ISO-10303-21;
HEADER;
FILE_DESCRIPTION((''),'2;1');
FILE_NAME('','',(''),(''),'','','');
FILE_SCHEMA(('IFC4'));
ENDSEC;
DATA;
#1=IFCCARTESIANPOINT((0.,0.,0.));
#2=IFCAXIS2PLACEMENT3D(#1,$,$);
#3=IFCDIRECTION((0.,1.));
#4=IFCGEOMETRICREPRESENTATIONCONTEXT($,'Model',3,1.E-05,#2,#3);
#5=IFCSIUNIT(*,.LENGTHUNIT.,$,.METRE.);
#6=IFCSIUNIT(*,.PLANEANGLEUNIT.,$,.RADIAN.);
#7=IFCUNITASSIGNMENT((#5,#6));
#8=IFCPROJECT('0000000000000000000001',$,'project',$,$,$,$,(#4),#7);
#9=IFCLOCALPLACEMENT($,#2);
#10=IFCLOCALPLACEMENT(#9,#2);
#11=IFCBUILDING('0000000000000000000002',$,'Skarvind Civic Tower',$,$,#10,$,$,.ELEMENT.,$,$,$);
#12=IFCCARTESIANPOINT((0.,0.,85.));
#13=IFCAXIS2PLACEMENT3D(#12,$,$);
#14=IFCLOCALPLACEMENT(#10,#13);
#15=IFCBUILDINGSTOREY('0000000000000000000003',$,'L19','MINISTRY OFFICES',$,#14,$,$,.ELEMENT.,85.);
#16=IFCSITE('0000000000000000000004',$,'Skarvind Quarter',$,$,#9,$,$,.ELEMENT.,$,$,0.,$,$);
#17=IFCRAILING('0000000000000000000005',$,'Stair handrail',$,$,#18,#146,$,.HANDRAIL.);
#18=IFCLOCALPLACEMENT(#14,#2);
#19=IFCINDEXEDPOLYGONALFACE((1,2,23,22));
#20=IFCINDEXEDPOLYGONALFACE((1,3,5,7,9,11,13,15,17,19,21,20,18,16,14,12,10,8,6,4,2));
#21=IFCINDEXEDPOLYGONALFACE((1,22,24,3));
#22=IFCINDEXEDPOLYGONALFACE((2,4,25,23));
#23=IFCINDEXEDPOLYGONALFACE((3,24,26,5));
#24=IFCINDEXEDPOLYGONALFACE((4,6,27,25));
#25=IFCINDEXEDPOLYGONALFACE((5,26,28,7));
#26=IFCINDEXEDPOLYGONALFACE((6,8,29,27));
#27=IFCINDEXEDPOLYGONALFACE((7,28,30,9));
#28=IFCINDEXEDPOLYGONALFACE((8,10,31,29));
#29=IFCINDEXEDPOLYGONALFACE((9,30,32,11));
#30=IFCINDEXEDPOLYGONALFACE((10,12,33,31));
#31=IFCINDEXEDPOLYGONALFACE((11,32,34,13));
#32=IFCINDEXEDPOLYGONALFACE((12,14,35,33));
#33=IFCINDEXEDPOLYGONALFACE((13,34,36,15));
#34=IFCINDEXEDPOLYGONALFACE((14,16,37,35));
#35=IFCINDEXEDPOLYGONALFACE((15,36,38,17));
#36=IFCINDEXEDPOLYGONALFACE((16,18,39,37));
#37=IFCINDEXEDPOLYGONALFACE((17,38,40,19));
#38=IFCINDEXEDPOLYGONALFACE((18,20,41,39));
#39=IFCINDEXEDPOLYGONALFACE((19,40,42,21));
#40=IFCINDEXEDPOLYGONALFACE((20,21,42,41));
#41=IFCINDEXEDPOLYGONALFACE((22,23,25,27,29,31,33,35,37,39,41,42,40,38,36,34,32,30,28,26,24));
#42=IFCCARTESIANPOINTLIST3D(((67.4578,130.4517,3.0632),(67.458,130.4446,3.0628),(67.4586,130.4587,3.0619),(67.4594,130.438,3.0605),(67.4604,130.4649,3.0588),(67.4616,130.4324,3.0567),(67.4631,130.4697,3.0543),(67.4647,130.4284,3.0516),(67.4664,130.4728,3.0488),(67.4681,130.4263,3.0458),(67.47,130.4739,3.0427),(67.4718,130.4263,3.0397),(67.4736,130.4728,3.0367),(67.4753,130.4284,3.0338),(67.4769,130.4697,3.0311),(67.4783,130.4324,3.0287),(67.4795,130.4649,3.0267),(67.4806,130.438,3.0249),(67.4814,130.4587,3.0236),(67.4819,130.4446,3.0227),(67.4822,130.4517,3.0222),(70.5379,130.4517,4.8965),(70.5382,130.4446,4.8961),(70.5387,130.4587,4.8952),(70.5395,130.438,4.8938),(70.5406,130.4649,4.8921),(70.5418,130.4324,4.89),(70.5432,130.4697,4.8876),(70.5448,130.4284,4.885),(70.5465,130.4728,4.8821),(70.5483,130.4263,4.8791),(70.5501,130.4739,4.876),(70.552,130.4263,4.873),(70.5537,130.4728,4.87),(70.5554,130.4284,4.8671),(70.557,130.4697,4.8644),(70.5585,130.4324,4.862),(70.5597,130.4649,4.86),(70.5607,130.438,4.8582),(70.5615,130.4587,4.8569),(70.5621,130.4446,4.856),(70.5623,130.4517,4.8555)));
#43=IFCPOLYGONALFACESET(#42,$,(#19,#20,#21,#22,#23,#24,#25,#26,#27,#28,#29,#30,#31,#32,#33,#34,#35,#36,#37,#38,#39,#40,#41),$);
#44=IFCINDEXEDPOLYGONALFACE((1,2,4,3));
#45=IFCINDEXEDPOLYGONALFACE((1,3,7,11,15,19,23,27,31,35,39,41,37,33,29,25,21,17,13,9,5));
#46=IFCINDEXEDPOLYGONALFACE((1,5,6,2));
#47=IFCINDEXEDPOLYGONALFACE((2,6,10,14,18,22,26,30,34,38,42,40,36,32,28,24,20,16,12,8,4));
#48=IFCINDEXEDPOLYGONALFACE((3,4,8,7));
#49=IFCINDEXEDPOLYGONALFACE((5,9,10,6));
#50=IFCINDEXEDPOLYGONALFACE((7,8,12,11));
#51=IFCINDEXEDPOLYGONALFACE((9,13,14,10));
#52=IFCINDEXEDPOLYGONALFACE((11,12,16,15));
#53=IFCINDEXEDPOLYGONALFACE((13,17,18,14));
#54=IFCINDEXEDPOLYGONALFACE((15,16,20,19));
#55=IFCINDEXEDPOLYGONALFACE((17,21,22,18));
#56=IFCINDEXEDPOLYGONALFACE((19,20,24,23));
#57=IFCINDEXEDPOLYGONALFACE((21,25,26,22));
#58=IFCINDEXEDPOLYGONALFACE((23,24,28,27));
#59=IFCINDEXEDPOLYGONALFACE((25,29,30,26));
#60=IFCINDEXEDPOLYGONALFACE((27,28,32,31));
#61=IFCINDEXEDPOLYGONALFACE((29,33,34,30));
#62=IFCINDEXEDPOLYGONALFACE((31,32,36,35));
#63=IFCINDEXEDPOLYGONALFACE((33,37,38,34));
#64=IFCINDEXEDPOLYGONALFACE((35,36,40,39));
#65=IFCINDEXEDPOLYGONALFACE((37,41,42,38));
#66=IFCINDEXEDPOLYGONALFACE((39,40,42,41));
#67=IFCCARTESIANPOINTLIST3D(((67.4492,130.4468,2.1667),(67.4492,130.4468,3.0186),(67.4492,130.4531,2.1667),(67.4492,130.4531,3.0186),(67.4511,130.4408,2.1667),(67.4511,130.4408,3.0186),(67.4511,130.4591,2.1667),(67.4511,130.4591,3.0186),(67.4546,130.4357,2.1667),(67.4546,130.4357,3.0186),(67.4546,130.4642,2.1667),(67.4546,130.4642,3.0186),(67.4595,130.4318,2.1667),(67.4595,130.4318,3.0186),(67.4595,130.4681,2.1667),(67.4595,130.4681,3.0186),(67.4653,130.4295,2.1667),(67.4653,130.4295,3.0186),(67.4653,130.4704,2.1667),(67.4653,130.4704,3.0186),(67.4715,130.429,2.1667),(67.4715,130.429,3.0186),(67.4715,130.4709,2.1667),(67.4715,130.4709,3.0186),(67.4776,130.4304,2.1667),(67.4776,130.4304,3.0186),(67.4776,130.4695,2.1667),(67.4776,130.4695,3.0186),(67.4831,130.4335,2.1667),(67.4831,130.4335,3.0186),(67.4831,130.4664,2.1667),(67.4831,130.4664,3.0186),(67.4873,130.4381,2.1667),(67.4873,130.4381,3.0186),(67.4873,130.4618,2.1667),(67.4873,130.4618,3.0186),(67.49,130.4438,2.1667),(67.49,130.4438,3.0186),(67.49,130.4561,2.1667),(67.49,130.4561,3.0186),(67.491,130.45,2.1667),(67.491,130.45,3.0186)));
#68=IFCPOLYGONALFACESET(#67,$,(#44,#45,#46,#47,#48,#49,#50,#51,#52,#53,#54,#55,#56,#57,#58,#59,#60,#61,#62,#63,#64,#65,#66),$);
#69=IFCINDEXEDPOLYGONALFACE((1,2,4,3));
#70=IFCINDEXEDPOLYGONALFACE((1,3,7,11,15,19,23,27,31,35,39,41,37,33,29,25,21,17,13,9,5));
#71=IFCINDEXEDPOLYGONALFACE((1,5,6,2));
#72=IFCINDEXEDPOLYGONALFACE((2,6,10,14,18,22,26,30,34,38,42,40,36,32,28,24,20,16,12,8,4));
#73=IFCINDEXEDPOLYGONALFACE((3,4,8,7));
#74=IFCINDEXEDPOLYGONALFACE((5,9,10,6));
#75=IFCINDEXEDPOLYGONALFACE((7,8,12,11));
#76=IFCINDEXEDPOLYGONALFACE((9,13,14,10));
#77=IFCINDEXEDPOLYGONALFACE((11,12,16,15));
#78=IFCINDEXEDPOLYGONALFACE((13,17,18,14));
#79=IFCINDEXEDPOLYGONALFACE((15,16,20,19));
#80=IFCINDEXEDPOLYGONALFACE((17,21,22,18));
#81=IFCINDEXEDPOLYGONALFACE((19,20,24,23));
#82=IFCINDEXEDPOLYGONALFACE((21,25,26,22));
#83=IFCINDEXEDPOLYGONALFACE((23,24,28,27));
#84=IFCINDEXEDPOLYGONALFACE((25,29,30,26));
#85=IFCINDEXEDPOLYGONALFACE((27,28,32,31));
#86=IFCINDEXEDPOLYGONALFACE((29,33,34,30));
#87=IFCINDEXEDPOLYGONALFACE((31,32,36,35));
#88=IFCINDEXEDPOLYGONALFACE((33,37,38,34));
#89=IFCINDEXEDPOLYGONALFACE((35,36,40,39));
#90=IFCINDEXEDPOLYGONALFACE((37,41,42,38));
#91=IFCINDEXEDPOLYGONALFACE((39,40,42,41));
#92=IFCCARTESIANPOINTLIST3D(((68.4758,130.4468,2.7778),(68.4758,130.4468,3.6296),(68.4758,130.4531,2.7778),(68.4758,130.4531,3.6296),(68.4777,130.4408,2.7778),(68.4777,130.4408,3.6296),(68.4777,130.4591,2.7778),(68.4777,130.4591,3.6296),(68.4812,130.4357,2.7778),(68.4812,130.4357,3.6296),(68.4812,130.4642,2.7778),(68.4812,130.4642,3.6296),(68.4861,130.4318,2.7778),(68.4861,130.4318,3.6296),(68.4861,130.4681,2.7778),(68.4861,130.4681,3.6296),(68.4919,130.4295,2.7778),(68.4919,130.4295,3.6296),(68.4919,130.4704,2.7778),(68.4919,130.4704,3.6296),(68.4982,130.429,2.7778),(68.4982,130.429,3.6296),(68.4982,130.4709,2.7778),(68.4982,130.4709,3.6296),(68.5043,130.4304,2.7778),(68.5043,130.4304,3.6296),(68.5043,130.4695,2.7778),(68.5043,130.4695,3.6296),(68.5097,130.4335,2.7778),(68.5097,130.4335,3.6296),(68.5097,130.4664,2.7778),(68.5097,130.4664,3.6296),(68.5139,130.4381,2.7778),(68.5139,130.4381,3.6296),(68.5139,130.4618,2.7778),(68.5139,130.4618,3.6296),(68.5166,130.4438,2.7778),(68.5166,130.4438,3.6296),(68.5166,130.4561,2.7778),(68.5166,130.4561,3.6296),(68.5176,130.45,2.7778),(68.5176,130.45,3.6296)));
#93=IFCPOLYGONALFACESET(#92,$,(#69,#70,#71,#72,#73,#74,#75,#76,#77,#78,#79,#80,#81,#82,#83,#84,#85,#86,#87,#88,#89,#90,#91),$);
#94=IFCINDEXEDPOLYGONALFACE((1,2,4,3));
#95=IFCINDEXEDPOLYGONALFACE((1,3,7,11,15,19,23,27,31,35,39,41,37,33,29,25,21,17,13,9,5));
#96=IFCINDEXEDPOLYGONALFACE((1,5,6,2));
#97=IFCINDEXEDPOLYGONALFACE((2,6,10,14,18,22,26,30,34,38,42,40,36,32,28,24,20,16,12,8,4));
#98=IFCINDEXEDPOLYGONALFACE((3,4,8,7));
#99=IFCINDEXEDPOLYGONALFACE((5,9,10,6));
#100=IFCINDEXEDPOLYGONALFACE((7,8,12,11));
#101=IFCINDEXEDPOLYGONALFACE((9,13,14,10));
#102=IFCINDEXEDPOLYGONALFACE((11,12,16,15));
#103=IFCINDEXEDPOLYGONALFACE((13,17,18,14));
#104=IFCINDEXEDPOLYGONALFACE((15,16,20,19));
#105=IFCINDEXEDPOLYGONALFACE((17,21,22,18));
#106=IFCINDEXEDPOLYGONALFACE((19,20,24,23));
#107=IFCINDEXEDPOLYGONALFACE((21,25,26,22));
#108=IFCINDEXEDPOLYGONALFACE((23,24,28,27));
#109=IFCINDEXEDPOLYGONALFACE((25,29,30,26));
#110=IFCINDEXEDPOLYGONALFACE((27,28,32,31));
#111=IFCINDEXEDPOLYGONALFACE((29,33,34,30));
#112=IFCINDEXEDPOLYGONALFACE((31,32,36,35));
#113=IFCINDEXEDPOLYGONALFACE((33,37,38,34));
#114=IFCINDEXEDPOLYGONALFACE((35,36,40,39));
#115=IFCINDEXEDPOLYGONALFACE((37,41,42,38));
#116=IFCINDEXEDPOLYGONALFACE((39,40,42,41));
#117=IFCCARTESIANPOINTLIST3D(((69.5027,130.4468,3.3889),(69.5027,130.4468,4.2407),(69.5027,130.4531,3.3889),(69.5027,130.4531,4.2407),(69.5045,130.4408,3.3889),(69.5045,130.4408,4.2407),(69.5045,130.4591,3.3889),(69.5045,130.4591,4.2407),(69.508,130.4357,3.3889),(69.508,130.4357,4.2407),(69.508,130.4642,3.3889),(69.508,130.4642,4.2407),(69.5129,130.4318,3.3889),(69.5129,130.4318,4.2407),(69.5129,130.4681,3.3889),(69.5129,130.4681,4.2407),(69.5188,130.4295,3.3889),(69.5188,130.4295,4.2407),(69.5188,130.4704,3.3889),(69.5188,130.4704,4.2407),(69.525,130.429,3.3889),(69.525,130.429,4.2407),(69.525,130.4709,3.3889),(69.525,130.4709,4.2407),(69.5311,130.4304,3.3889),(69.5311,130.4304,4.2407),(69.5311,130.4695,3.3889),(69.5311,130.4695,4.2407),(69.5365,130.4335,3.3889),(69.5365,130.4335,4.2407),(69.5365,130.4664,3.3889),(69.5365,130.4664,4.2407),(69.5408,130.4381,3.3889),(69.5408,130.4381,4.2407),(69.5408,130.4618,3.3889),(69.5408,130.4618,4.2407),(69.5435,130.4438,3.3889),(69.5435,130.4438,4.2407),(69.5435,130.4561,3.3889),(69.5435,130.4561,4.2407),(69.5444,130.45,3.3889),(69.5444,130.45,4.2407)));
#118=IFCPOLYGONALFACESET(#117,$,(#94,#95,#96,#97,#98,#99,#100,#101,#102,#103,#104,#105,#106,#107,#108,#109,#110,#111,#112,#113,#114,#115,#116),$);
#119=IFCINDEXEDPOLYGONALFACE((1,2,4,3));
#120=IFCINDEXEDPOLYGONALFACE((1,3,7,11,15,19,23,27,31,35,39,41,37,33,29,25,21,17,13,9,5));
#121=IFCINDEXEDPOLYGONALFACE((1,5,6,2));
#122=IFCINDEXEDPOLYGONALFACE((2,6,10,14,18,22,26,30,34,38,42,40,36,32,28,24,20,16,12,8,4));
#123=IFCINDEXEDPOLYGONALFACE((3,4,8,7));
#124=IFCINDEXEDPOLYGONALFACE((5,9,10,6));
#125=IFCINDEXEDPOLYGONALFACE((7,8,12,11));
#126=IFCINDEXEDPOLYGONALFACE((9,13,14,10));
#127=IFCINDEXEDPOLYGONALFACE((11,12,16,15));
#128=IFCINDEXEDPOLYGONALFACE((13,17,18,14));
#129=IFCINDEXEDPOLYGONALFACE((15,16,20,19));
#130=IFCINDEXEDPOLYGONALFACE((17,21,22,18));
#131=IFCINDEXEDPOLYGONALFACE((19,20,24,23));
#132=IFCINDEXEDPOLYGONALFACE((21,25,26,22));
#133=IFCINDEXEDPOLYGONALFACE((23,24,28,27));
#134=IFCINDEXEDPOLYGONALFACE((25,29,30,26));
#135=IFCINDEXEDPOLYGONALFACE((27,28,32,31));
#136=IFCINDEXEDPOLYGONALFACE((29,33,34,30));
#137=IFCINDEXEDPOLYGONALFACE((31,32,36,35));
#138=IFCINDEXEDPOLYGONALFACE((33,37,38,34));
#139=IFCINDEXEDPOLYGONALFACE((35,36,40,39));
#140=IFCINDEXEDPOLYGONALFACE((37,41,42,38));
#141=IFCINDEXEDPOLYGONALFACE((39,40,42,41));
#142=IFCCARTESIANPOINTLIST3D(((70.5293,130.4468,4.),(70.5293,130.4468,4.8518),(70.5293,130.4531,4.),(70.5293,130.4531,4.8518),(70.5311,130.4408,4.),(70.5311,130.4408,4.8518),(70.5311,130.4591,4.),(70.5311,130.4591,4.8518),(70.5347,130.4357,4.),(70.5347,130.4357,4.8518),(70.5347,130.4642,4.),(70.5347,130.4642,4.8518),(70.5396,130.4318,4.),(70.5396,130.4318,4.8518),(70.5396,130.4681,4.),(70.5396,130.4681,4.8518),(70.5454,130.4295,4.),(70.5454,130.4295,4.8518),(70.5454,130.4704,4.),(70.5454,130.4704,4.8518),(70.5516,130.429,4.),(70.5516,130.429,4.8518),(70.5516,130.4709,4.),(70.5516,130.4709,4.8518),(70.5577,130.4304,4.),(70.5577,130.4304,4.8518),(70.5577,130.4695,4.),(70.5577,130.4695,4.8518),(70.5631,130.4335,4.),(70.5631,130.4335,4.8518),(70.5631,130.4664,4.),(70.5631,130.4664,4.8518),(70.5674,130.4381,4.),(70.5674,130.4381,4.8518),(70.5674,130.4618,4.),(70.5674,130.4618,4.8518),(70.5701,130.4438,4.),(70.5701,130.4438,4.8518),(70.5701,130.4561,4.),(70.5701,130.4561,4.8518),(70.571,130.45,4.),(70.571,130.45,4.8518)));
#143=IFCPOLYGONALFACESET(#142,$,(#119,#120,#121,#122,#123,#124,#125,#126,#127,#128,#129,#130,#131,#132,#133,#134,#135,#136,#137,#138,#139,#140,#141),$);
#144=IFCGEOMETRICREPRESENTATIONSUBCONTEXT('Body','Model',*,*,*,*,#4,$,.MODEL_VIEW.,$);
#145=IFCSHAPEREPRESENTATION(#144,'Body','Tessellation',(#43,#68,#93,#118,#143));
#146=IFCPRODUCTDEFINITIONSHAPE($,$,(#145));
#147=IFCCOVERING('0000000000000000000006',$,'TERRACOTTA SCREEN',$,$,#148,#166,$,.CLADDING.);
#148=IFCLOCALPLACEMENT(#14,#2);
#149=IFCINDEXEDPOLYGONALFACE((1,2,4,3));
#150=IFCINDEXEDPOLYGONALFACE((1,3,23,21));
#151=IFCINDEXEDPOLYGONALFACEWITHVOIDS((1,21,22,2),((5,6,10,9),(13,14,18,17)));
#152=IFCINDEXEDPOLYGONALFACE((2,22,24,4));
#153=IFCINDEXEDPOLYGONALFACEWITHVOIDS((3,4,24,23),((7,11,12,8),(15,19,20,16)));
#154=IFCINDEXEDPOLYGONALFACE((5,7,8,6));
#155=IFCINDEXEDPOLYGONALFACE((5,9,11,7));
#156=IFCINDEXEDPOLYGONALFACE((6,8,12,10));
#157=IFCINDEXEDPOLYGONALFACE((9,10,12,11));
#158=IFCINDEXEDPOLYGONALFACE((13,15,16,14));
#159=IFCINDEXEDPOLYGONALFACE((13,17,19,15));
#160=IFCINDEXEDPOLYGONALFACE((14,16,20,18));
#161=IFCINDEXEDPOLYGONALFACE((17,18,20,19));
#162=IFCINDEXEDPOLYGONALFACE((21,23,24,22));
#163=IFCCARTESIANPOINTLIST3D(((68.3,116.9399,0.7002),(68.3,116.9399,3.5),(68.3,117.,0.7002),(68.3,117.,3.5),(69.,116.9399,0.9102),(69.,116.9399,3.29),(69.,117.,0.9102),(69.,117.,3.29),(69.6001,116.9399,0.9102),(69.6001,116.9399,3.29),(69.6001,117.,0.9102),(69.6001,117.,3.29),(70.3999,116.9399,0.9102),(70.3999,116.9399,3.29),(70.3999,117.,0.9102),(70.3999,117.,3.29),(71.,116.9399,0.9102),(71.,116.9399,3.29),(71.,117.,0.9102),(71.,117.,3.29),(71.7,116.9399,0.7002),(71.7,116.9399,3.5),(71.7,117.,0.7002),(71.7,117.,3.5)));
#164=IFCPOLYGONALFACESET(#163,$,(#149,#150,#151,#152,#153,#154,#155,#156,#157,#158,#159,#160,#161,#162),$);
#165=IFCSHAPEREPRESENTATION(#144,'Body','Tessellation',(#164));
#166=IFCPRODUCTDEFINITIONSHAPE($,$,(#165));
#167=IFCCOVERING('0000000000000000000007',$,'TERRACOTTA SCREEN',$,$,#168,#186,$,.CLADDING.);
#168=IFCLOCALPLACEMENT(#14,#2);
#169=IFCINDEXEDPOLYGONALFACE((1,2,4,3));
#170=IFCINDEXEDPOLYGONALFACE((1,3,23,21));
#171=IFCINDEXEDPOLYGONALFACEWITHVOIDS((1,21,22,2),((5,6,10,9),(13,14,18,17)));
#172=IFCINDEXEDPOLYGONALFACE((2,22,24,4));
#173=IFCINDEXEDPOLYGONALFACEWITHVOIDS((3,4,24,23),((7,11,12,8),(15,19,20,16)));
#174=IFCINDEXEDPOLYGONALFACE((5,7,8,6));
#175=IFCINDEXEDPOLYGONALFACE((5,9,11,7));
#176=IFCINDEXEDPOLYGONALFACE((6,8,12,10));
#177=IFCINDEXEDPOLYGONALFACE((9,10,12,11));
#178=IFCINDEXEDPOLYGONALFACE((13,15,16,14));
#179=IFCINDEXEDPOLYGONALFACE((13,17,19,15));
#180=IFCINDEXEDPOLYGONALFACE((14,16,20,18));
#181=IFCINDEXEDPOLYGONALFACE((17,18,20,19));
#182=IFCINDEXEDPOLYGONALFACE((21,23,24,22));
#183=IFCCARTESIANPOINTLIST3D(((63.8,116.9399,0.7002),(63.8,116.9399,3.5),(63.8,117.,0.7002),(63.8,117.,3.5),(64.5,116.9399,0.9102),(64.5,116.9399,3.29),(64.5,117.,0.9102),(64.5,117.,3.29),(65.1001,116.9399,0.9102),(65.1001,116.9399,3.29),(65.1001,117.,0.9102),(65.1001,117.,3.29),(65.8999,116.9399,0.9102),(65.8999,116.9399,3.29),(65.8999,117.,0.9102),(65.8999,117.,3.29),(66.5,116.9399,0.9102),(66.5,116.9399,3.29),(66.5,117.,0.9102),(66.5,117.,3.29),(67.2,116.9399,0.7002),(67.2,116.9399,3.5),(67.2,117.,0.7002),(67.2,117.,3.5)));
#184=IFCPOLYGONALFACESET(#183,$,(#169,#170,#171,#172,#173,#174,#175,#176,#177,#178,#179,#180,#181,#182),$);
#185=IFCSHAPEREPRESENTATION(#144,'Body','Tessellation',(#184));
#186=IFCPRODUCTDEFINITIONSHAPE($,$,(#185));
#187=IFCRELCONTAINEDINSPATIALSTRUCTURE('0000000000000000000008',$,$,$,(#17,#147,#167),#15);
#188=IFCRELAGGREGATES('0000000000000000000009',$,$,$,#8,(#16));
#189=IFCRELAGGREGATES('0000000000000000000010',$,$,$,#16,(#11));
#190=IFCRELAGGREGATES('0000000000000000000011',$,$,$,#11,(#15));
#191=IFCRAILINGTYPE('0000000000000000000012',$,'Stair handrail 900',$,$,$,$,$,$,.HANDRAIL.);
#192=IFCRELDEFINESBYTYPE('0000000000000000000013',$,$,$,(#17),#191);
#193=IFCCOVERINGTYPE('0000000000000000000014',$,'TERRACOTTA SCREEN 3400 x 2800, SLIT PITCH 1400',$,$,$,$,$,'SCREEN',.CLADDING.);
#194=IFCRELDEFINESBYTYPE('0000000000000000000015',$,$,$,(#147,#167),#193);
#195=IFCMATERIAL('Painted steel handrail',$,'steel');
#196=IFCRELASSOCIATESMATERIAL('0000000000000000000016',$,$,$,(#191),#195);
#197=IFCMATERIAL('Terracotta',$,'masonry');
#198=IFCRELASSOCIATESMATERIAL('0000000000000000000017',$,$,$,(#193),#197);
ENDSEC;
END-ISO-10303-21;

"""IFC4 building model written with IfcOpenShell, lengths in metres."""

from ifc_helpers import new_model, si_unit, direction, frame, origin, origin_2d, place, context, subcontext, project, spatial, polyline, circle, outline, extrude, material, material_profile, profile_set, type_object, element, save


model = new_model("IFC4")

# Units and contexts
model_context = context("Model", 3, precision=1e-05, world=origin(), true_north=direction((0.0, 1.0)))
body_context = subcontext(model_context, "Body", "Model", "MODEL_VIEW")
ifc_project = project(units=[si_unit("LENGTHUNIT", "METRE"), si_unit("PLANEANGLEUNIT", "RADIAN")], contexts=[model_context])

# Site, building, storey
site_placement = place(None, origin())
site = spatial("IfcSite", under=ifc_project, at=site_placement, Name="Skarvind Quarter", CompositionType="ELEMENT", RefElevation=0.0)
building_placement = place(site_placement, origin())
building = spatial("IfcBuilding", under=site, at=building_placement, Name="Skarvind Civic Tower", CompositionType="ELEMENT")
storey_placement = place(building_placement, frame((0.0, 0.0, 85.0)))
storey = spatial("IfcBuildingStorey", under=building, at=storey_placement, Name="L19", Description="MINISTRY OFFICES", CompositionType="ELEMENT", Elevation=85.0)

# Railing
ifc_material_1 = material(Name="Painted steel handrail", Category="steel")
railing_type = type_object("IfcRailingType", Name="Stair handrail 900", PredefinedType="HANDRAIL", material=ifc_material_1)
railing_1_placement = place(storey_placement, frame((67.47, 130.45, 2.1667)))
element("IfcRailing", 1, at=railing_1_placement, inside=storey, type_object=railing_type, Name="Stair handrail", PredefinedType="HANDRAIL", context=body_context, shape_type="SweptSolid", body=[
    extrude(circle(Radius=0.0239, at=origin_2d()), frame((0.0, 0.0, 0.876), z_axis=(0.859309, 0.0, 0.511458), x_axis=(0.0, 1.0, 0.0)), (0.0, 0.0, 1.0), 3.5845),
    extrude(circle(Radius=0.021, at=origin_2d()), origin(), (0.0, 0.0, 1.0), 0.8518),
    extrude(circle(Radius=0.021, at=origin_2d()), frame((1.0266, 0.0, 0.6111)), (0.0, 0.0, 1.0), 0.8518),
    extrude(circle(Radius=0.021, at=origin_2d()), frame((2.0535, 0.0, 1.2222)), (0.0, 0.0, 1.0), 0.8518),
    extrude(circle(Radius=0.021, at=origin_2d()), frame((3.0801, 0.0, 1.8333)), (0.0, 0.0, 1.0), 0.8518),
])

# Coverings
ifc_material_2 = material(Name="Terracotta", Category="masonry")
ifc_material_profile_1 = material_profile(ifc_material_2, outline(polyline([(-1.7, -1.3999), (1.7, -1.3999), (1.7, 1.3999), (-1.7, 1.3999), (-1.7, -1.3999)]), holes=[polyline([(-1.0, -1.1899), (-0.3999, -1.1899), (-0.3999, 1.1899), (-1.0, 1.1899), (-1.0, -1.1899)]), polyline([(0.3999, -1.1899), (1.0, -1.1899), (1.0, 1.1899), (0.3999, 1.1899), (0.3999, -1.1899)])]), Name="TERRACOTTA SCREEN 3400 x 2800, SLIT PITCH 1400")
ifc_profile_set_1 = profile_set([ifc_material_profile_1], Name="Terracotta")
covering_type = type_object("IfcCoveringType", Name="TERRACOTTA SCREEN 3400 x 2800, SLIT PITCH 1400", ElementType="SCREEN", PredefinedType="CLADDING", material=ifc_profile_set_1)
for number, where, z_axis, x_axis, name in (
    (2, (70.0, 117.0, 2.1001), (0.0, -1.0, 0.0), (1.0, 0.0, 0.0), "TERRACOTTA SCREEN"),
    (3, (65.5, 117.0, 2.1001), (0.0, -1.0, 0.0), (1.0, 0.0, 0.0), "TERRACOTTA SCREEN"),
):
    element("IfcCovering", number, at=place(storey_placement, frame(where, z_axis=z_axis, x_axis=x_axis)), inside=storey, type_object=covering_type, Name=name, PredefinedType="CLADDING", context=body_context, shape_type="SweptSolid", body=[
        extrude(outline(polyline([(-1.7, -1.3999), (1.7, -1.3999), (1.7, 1.3999), (-1.7, 1.3999), (-1.7, -1.3999)]), holes=[polyline([(-1.0, -1.1899), (-0.3999, -1.1899), (-0.3999, 1.1899), (-1.0, 1.1899), (-1.0, -1.1899)]), polyline([(0.3999, -1.1899), (1.0, -1.1899), (1.0, 1.1899), (0.3999, 1.1899), (0.3999, -1.1899)])]), origin(), (0.0, 0.0, 1.0), 0.0601),
    ])

save(model, "model.ifc")
